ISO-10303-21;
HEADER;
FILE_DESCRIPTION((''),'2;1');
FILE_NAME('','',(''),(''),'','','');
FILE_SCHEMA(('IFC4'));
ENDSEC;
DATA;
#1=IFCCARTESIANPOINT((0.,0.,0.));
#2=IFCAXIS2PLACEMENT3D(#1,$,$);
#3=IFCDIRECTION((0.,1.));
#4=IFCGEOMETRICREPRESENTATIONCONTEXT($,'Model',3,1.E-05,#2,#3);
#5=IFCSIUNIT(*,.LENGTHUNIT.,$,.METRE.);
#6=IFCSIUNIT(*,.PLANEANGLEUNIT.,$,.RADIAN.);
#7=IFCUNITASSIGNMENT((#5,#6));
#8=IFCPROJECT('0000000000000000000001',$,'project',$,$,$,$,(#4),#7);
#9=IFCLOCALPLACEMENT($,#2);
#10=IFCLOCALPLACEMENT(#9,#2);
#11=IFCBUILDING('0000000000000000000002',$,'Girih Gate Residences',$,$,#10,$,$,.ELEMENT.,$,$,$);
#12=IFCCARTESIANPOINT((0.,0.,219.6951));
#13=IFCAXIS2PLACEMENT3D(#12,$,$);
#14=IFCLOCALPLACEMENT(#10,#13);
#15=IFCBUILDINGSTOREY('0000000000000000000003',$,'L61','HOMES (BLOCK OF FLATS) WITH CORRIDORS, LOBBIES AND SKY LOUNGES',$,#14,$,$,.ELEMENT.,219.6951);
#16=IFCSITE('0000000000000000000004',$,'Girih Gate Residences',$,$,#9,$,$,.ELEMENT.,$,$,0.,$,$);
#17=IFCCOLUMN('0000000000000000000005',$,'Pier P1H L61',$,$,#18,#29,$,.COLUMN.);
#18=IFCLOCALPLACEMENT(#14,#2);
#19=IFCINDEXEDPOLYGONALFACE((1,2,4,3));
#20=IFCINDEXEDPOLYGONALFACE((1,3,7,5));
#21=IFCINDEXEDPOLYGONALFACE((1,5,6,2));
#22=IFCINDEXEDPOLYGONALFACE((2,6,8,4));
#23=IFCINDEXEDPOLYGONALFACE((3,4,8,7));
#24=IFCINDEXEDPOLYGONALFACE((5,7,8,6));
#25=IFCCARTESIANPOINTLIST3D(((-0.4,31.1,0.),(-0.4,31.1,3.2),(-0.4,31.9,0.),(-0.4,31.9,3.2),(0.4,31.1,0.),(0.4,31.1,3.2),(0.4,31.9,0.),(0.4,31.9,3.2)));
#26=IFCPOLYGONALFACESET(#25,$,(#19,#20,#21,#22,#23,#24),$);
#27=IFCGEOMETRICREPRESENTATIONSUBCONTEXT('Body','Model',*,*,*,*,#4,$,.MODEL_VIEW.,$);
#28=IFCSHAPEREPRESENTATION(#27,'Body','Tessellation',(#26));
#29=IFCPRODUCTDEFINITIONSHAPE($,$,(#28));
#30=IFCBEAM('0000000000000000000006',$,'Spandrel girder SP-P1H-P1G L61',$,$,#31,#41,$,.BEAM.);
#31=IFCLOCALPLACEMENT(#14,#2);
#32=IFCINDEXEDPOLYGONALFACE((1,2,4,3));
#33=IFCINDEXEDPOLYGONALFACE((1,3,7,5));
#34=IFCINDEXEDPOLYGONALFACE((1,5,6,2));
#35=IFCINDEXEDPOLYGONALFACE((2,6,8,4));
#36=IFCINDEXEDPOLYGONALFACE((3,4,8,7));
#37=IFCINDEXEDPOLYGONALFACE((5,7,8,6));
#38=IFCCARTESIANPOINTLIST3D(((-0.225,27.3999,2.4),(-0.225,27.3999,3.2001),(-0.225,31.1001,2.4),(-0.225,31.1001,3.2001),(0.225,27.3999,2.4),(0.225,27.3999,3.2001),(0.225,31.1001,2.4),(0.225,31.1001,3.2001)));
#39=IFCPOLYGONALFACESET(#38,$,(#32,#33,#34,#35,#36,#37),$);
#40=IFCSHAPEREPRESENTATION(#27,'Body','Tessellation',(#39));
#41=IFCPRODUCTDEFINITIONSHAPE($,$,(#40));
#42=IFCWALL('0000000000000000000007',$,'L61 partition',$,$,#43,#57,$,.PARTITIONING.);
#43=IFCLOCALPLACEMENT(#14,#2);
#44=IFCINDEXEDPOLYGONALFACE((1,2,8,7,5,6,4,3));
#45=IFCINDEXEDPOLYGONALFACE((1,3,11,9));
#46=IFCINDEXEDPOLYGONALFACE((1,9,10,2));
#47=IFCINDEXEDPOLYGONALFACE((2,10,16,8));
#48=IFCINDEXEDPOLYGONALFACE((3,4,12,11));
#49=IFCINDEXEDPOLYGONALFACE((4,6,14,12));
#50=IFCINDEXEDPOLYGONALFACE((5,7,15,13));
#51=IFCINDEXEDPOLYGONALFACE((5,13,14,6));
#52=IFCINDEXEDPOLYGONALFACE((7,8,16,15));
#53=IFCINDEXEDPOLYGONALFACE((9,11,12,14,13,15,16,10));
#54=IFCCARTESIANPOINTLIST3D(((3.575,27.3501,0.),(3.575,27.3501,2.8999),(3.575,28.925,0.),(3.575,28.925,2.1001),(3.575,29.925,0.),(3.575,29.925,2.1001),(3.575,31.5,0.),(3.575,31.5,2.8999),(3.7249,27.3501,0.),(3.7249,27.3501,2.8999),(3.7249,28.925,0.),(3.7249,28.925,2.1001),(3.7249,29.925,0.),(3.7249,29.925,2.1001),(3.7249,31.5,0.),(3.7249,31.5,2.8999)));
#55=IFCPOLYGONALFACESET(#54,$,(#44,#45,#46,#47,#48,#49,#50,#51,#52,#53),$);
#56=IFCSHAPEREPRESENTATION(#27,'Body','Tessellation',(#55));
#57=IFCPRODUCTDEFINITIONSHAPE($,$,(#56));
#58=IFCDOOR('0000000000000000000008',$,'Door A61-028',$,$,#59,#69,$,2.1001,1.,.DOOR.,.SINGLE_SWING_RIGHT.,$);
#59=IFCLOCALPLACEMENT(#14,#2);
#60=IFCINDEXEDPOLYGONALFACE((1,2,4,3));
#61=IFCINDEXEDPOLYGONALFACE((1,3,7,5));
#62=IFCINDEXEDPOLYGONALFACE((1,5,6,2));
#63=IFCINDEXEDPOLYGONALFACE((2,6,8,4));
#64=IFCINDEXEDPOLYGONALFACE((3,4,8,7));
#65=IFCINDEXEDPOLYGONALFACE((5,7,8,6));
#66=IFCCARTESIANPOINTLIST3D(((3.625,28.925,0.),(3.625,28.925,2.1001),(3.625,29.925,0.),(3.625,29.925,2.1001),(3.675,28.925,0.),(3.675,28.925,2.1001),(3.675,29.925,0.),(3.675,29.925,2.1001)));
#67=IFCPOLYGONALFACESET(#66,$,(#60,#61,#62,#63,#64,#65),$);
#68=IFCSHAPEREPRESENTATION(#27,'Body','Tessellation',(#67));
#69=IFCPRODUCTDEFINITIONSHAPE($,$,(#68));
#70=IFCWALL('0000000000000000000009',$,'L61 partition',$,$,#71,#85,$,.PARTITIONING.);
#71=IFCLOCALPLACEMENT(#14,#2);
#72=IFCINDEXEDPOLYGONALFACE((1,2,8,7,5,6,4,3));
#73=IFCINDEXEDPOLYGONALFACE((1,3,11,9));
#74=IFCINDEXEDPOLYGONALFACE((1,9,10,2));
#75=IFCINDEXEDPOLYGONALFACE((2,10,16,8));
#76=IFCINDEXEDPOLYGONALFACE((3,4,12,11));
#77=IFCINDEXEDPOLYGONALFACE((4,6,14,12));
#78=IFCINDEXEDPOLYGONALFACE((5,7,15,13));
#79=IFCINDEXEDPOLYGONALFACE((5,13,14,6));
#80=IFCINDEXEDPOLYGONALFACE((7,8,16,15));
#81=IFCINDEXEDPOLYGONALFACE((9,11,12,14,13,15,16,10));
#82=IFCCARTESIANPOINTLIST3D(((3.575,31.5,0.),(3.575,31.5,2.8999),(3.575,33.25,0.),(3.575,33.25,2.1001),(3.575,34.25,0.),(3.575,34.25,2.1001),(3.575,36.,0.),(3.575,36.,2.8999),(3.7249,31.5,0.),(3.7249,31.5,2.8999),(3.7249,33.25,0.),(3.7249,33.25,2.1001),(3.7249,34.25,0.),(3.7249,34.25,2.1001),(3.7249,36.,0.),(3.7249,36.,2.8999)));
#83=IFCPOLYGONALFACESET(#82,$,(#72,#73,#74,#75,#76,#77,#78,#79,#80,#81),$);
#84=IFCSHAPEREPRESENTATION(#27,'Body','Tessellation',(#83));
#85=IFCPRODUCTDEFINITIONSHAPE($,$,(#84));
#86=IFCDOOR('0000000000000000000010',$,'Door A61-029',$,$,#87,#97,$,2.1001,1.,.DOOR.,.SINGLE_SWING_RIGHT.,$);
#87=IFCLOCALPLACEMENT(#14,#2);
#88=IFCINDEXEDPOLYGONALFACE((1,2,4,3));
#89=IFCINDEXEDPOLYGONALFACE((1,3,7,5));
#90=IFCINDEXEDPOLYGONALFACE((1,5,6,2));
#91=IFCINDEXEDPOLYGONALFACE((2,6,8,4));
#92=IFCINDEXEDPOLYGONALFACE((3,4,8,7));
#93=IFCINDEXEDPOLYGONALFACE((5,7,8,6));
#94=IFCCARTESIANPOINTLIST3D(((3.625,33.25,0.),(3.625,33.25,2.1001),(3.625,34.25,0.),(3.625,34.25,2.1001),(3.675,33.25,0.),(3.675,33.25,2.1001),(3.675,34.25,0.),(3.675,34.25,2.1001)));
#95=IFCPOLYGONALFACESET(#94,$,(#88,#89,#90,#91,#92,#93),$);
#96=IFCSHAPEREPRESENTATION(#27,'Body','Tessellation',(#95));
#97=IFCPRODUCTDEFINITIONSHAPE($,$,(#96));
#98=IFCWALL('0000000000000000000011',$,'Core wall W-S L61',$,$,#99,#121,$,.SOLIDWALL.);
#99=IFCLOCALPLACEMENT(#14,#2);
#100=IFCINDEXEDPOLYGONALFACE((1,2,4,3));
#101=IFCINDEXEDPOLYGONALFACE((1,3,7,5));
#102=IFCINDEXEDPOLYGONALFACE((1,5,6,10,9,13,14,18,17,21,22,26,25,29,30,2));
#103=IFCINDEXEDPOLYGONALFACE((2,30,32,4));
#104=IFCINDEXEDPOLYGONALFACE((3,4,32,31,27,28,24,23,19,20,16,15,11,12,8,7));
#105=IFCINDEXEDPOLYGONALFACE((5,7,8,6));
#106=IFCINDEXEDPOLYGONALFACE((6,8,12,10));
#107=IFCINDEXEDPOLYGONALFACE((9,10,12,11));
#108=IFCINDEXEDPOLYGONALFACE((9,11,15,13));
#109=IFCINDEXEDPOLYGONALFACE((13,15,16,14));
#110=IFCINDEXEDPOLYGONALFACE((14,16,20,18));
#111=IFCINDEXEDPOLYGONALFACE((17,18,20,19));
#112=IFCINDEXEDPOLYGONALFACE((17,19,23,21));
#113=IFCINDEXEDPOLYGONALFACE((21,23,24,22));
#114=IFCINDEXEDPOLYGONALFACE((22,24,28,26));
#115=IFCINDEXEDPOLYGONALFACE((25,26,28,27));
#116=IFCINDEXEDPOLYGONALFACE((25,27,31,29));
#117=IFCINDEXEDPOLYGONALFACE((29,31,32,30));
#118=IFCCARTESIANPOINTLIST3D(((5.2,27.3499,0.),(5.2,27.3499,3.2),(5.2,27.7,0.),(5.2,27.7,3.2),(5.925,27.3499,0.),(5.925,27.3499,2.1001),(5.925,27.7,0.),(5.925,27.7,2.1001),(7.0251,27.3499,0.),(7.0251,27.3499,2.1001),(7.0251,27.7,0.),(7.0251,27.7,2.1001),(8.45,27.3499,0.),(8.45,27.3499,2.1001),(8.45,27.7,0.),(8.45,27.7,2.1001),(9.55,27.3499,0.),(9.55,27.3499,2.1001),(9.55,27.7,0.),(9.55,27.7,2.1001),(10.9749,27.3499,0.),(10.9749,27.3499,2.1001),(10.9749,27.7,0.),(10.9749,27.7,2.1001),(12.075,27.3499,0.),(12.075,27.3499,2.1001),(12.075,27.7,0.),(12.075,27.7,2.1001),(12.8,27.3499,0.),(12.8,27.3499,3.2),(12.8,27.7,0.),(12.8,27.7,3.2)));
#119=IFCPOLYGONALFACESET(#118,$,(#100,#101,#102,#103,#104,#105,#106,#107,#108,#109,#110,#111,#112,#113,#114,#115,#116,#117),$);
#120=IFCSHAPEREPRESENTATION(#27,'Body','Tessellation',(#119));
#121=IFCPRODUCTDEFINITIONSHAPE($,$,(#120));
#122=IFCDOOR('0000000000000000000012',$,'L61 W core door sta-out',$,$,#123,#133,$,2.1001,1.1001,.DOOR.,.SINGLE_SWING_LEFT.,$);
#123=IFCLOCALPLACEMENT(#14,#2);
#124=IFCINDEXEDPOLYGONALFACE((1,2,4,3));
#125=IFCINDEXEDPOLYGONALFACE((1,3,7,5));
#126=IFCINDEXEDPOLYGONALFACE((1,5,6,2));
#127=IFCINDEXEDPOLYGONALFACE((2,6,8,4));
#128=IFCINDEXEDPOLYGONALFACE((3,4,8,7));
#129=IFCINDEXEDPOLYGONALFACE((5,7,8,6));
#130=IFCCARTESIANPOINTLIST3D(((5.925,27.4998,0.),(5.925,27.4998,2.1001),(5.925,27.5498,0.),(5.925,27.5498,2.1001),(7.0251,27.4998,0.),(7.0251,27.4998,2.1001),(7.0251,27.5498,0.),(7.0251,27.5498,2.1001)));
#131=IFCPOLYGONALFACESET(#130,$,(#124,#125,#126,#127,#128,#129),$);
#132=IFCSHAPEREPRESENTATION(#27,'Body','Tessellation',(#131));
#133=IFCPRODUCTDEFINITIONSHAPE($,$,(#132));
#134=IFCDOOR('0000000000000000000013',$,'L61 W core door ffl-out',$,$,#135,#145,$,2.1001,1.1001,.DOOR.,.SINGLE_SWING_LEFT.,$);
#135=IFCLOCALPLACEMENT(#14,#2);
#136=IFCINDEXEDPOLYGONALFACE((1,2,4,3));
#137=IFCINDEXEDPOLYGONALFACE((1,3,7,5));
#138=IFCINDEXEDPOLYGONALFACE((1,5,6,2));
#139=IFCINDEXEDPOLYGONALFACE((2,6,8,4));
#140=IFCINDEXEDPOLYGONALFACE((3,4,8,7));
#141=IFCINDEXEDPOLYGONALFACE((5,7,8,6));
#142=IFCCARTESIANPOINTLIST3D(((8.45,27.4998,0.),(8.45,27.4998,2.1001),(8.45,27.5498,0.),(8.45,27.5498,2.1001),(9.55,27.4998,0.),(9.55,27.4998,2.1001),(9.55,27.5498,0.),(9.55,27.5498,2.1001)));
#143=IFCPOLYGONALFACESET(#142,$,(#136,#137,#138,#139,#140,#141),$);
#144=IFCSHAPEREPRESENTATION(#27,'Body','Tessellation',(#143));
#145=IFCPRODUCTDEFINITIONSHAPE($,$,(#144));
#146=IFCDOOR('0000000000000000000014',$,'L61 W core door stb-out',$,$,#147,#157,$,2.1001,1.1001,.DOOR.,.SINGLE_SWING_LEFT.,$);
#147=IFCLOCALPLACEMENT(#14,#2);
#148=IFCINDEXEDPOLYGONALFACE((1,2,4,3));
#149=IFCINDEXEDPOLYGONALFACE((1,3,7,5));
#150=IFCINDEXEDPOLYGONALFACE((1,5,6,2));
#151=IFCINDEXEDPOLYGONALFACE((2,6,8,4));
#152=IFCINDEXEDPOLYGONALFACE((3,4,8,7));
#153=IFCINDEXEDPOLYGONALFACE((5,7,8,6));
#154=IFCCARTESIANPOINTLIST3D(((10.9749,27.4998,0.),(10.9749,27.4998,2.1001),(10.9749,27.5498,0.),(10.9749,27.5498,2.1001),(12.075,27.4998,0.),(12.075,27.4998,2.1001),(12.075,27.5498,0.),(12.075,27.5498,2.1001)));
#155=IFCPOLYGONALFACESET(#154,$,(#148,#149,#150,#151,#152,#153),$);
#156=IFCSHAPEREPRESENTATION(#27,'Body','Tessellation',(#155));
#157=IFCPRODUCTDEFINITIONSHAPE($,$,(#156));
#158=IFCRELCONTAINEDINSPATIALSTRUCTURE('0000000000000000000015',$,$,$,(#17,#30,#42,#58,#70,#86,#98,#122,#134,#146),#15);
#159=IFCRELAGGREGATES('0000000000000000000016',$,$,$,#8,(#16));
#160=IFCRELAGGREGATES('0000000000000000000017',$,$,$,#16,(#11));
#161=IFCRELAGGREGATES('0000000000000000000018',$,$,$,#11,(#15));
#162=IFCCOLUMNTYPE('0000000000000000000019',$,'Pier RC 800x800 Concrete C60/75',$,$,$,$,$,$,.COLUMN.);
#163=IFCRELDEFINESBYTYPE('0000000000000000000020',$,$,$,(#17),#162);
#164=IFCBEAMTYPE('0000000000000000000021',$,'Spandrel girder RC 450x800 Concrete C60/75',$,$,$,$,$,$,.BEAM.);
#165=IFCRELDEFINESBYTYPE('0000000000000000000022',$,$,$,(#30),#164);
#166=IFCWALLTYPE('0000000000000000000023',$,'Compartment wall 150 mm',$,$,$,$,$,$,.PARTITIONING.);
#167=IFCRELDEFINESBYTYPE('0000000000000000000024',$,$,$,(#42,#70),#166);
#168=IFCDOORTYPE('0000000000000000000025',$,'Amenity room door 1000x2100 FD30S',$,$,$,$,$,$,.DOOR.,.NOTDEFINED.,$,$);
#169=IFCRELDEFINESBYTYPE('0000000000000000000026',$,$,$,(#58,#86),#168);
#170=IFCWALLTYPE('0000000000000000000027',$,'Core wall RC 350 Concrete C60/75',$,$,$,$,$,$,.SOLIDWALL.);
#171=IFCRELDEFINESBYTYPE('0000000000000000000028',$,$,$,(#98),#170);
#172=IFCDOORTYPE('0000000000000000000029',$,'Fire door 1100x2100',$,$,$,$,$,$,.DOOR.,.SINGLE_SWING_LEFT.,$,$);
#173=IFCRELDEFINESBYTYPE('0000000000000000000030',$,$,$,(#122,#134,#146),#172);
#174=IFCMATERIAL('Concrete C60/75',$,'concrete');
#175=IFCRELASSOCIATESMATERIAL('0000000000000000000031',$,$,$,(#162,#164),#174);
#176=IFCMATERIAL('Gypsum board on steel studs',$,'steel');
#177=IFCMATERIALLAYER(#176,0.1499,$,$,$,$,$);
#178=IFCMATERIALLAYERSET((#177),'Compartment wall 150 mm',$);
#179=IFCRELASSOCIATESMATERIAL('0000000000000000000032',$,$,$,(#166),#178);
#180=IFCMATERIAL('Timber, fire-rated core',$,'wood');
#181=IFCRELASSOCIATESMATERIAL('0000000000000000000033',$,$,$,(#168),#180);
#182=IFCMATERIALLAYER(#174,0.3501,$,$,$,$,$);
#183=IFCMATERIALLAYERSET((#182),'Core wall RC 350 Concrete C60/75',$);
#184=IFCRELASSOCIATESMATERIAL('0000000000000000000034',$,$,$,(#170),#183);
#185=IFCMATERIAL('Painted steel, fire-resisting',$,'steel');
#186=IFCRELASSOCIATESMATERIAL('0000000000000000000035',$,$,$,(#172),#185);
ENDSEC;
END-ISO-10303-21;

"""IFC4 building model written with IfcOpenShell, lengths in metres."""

from ifc_helpers import new_model, si_unit, direction, frame, frame_2d, origin, origin_2d, place, context, subcontext, project, spatial, rectangle, extrude, material, layer, layer_set, material_profile, profile_set, type_object, element, fill, save


model = new_model("IFC4")

# Units and contexts
model_context = context("Model", 3, precision=1e-05, world=origin(), true_north=direction((0.0, 1.0)))
body_context = subcontext(model_context, "Body", "Model", "MODEL_VIEW")
ifc_project = project(units=[si_unit("LENGTHUNIT", "METRE"), si_unit("PLANEANGLEUNIT", "RADIAN")], contexts=[model_context])

# Site, building, storey
site_placement = place(None, origin())
site = spatial("IfcSite", under=ifc_project, at=site_placement, Name="Girih Gate Residences", CompositionType="ELEMENT", RefElevation=0.0)
building_placement = place(site_placement, origin())
building = spatial("IfcBuilding", under=site, at=building_placement, Name="Girih Gate Residences", CompositionType="ELEMENT")
storey_placement = place(building_placement, frame((0.0, 0.0, 219.6951)))
storey = spatial("IfcBuildingStorey", under=building, at=storey_placement, Name="L61", Description="HOMES (BLOCK OF FLATS) WITH CORRIDORS, LOBBIES AND SKY LOUNGES", CompositionType="ELEMENT", Elevation=219.6951)

# Column
ifc_material_1 = material(Name="Concrete C60/75", Category="concrete")
ifc_material_profile_1 = material_profile(ifc_material_1, rectangle(XDim=0.8, YDim=0.8, at=origin_2d()))
ifc_profile_set_1 = profile_set([ifc_material_profile_1], Name="Concrete C60/75")
column_type = type_object("IfcColumnType", Name="Pier RC 800x800 Concrete C60/75", PredefinedType="COLUMN", material=ifc_profile_set_1)
column_placement = place(storey_placement, frame((0.0, 31.5, 0.0), z_axis=(0.0, 0.0, 1.0), x_axis=(1.0, 0.0, 0.0)))
element("IfcColumn", 1, at=column_placement, inside=storey, type_object=column_type, Name="Pier P1H L61", PredefinedType="COLUMN", context=body_context, shape_type="SweptSolid", body=[
    extrude(rectangle(XDim=0.8, YDim=0.8, at=origin_2d()), origin(), (0.0, 0.0, 1.0), 3.2),
])

# Beam
ifc_material_profile_2 = material_profile(ifc_material_1, rectangle(XDim=0.45, YDim=0.8, at=origin_2d()))
ifc_profile_set_2 = profile_set([ifc_material_profile_2], Name="Concrete C60/75")
beam_type = type_object("IfcBeamType", Name="Spandrel girder RC 450x800 Concrete C60/75", PredefinedType="BEAM", material=ifc_profile_set_2)
beam_placement = place(storey_placement, frame((0.0, 31.1001, 2.8), z_axis=(0.0, -1.0, 0.0), x_axis=(1.0, 0.0, 0.0)))
element("IfcBeam", 2, at=beam_placement, inside=storey, type_object=beam_type, Name="Spandrel girder SP-P1H-P1G L61", PredefinedType="BEAM", context=body_context, shape_type="SweptSolid", body=[
    extrude(rectangle(XDim=0.45, YDim=0.8, at=origin_2d()), origin(), (0.0, 0.0, 1.0), 3.7002),
])

# Walls, openings, doors
ifc_material_2 = material(Name="Gypsum board on steel studs", Category="steel")
ifc_layer_1 = layer(ifc_material_2, 0.1499)
ifc_layer_set_1 = layer_set([ifc_layer_1], Name="Compartment wall 150 mm")
wall_type_1 = type_object("IfcWallType", Name="Compartment wall 150 mm", PredefinedType="PARTITIONING", material=ifc_layer_set_1)
wall_1_placement = place(storey_placement, frame((3.6499, 27.3501, 0.0), z_axis=(0.0, 0.0, 1.0), x_axis=(0.0, 1.0, 0.0)))
wall_1 = element("IfcWall", 3, at=wall_1_placement, inside=storey, type_object=wall_type_1, Name="L61 partition", PredefinedType="PARTITIONING", context=body_context, shape_type="SweptSolid", body=[
    extrude(rectangle(XDim=4.1499, YDim=0.1499, at=frame_2d((2.075, 0.0))), origin(), (0.0, 0.0, 1.0), 2.8999),
])
opening_1_placement = place(wall_1_placement, frame((1.575, 0.0, 0.0)))
opening_1 = element("IfcOpeningElement", 4, at=opening_1_placement, cuts=wall_1, PredefinedType="OPENING", context=body_context, shape_type="SweptSolid", body=[
    extrude(rectangle(XDim=1.0, YDim=2.1001, at=frame_2d((0.5, 1.05))), frame((0.0, 0.085, 0.0), z_axis=(0.0, -1.0, 0.0), x_axis=(1.0, 0.0, 0.0)), (0.0, 0.0, 1.0), 0.1699),
])
ifc_material_3 = material(Name="Timber, fire-rated core", Category="wood")
door_type_1 = type_object("IfcDoorType", Name="Amenity room door 1000x2100 FD30S", OperationType="NOTDEFINED", PredefinedType="DOOR", material=ifc_material_3)
door_1_placement = place(opening_1_placement, origin())
door_1 = element("IfcDoor", 5, at=door_1_placement, inside=storey, type_object=door_type_1, Name="Door A61-028", OperationType="SINGLE_SWING_RIGHT", OverallHeight=2.1001, OverallWidth=1.0, PredefinedType="DOOR", context=body_context, shape_type="SweptSolid", body=[
    extrude(rectangle(XDim=1.0, YDim=2.1001, at=frame_2d((0.5, 1.05))), frame((0.0, 0.0249, 0.0), z_axis=(0.0, -1.0, 0.0), x_axis=(1.0, 0.0, 0.0)), (0.0, 0.0, 1.0), 0.05),
])
fill(opening_1, door_1)
wall_2_placement = place(storey_placement, frame((3.6499, 31.5, 0.0), z_axis=(0.0, 0.0, 1.0), x_axis=(0.0, 1.0, 0.0)))
wall_2 = element("IfcWall", 6, at=wall_2_placement, inside=storey, type_object=wall_type_1, Name="L61 partition", PredefinedType="PARTITIONING", context=body_context, shape_type="SweptSolid", body=[
    extrude(rectangle(XDim=4.5, YDim=0.1499, at=frame_2d((2.25, 0.0))), origin(), (0.0, 0.0, 1.0), 2.8999),
])
opening_2_placement = place(wall_2_placement, frame((1.75, 0.0, 0.0)))
opening_2 = element("IfcOpeningElement", 7, at=opening_2_placement, cuts=wall_2, PredefinedType="OPENING", context=body_context, shape_type="SweptSolid", body=[
    extrude(rectangle(XDim=1.0, YDim=2.1001, at=frame_2d((0.5, 1.05))), frame((0.0, 0.085, 0.0), z_axis=(0.0, -1.0, 0.0), x_axis=(1.0, 0.0, 0.0)), (0.0, 0.0, 1.0), 0.1699),
])
door_2_placement = place(opening_2_placement, origin())
door_2 = element("IfcDoor", 8, at=door_2_placement, inside=storey, type_object=door_type_1, Name="Door A61-029", OperationType="SINGLE_SWING_RIGHT", OverallHeight=2.1001, OverallWidth=1.0, PredefinedType="DOOR", context=body_context, shape_type="SweptSolid", body=[
    extrude(rectangle(XDim=1.0, YDim=2.1001, at=frame_2d((0.5, 1.05))), frame((0.0, 0.0249, 0.0), z_axis=(0.0, -1.0, 0.0), x_axis=(1.0, 0.0, 0.0)), (0.0, 0.0, 1.0), 0.05),
])
fill(opening_2, door_2)

# Wall, openings, doors
ifc_layer_2 = layer(ifc_material_1, 0.3501)
ifc_layer_set_2 = layer_set([ifc_layer_2], Name="Core wall RC 350 Concrete C60/75")
wall_type_2 = type_object("IfcWallType", Name="Core wall RC 350 Concrete C60/75", PredefinedType="SOLIDWALL", material=ifc_layer_set_2)
wall_3_placement = place(storey_placement, frame((5.2, 27.5249, 0.0), z_axis=(0.0, 0.0, 1.0), x_axis=(1.0, 0.0, 0.0)))
wall_3 = element("IfcWall", 9, at=wall_3_placement, inside=storey, type_object=wall_type_2, Name="Core wall W-S L61", PredefinedType="SOLIDWALL", context=body_context, shape_type="SweptSolid", body=[
    extrude(rectangle(XDim=7.6001, YDim=0.3501, at=frame_2d((3.8, 0.0))), origin(), (0.0, 0.0, 1.0), 3.2),
])
opening_3_placement = place(wall_3_placement, frame((0.7251, 0.0, 0.0)))
opening_3 = element("IfcOpeningElement", 10, at=opening_3_placement, cuts=wall_3, PredefinedType="OPENING", context=body_context, shape_type="SweptSolid", body=[
    extrude(rectangle(XDim=1.1001, YDim=2.1001, at=frame_2d((0.55, 1.05))), frame((0.0, 0.1851, 0.0), z_axis=(0.0, -1.0, 0.0), x_axis=(1.0, 0.0, 0.0)), (0.0, 0.0, 1.0), 0.3701),
])
opening_4_placement = place(wall_3_placement, frame((3.25, 0.0, 0.0)))
opening_4 = element("IfcOpeningElement", 11, at=opening_4_placement, cuts=wall_3, PredefinedType="OPENING", context=body_context, shape_type="SweptSolid", body=[
    extrude(rectangle(XDim=1.1001, YDim=2.1001, at=frame_2d((0.55, 1.05))), frame((0.0, 0.1851, 0.0), z_axis=(0.0, -1.0, 0.0), x_axis=(1.0, 0.0, 0.0)), (0.0, 0.0, 1.0), 0.3701),
])
opening_5_placement = place(wall_3_placement, frame((5.7749, 0.0, 0.0)))
opening_5 = element("IfcOpeningElement", 12, at=opening_5_placement, cuts=wall_3, PredefinedType="OPENING", context=body_context, shape_type="SweptSolid", body=[
    extrude(rectangle(XDim=1.1001, YDim=2.1001, at=frame_2d((0.55, 1.05))), frame((0.0, 0.1851, 0.0), z_axis=(0.0, -1.0, 0.0), x_axis=(1.0, 0.0, 0.0)), (0.0, 0.0, 1.0), 0.3701),
])
ifc_material_4 = material(Name="Painted steel, fire-resisting", Category="steel")
door_type_2 = type_object("IfcDoorType", Name="Fire door 1100x2100", OperationType="SINGLE_SWING_LEFT", PredefinedType="DOOR", material=ifc_material_4)
door_3_placement = place(opening_3_placement, origin())
door_3 = element("IfcDoor", 13, at=door_3_placement, inside=storey, type_object=door_type_2, Name="L61 W core door sta-out", OperationType="SINGLE_SWING_LEFT", OverallHeight=2.1001, OverallWidth=1.1001, PredefinedType="DOOR", context=body_context, shape_type="SweptSolid", body=[
    extrude(rectangle(XDim=1.1001, YDim=2.1001, at=frame_2d((0.55, 1.05))), frame((0.0, 0.0249, 0.0), z_axis=(0.0, -1.0, 0.0), x_axis=(1.0, 0.0, 0.0)), (0.0, 0.0, 1.0), 0.05),
])
fill(opening_3, door_3)
door_4_placement = place(opening_4_placement, origin())
door_4 = element("IfcDoor", 14, at=door_4_placement, inside=storey, type_object=door_type_2, Name="L61 W core door ffl-out", OperationType="SINGLE_SWING_LEFT", OverallHeight=2.1001, OverallWidth=1.1001, PredefinedType="DOOR", context=body_context, shape_type="SweptSolid", body=[
    extrude(rectangle(XDim=1.1001, YDim=2.1001, at=frame_2d((0.55, 1.05))), frame((0.0, 0.0249, 0.0), z_axis=(0.0, -1.0, 0.0), x_axis=(1.0, 0.0, 0.0)), (0.0, 0.0, 1.0), 0.05),
])
fill(opening_4, door_4)
door_5_placement = place(opening_5_placement, origin())
door_5 = element("IfcDoor", 15, at=door_5_placement, inside=storey, type_object=door_type_2, Name="L61 W core door stb-out", OperationType="SINGLE_SWING_LEFT", OverallHeight=2.1001, OverallWidth=1.1001, PredefinedType="DOOR", context=body_context, shape_type="SweptSolid", body=[
    extrude(rectangle(XDim=1.1001, YDim=2.1001, at=frame_2d((0.55, 1.05))), frame((0.0, 0.0249, 0.0), z_axis=(0.0, -1.0, 0.0), x_axis=(1.0, 0.0, 0.0)), (0.0, 0.0, 1.0), 0.05),
])
fill(opening_5, door_5)

save(model, "model.ifc")
